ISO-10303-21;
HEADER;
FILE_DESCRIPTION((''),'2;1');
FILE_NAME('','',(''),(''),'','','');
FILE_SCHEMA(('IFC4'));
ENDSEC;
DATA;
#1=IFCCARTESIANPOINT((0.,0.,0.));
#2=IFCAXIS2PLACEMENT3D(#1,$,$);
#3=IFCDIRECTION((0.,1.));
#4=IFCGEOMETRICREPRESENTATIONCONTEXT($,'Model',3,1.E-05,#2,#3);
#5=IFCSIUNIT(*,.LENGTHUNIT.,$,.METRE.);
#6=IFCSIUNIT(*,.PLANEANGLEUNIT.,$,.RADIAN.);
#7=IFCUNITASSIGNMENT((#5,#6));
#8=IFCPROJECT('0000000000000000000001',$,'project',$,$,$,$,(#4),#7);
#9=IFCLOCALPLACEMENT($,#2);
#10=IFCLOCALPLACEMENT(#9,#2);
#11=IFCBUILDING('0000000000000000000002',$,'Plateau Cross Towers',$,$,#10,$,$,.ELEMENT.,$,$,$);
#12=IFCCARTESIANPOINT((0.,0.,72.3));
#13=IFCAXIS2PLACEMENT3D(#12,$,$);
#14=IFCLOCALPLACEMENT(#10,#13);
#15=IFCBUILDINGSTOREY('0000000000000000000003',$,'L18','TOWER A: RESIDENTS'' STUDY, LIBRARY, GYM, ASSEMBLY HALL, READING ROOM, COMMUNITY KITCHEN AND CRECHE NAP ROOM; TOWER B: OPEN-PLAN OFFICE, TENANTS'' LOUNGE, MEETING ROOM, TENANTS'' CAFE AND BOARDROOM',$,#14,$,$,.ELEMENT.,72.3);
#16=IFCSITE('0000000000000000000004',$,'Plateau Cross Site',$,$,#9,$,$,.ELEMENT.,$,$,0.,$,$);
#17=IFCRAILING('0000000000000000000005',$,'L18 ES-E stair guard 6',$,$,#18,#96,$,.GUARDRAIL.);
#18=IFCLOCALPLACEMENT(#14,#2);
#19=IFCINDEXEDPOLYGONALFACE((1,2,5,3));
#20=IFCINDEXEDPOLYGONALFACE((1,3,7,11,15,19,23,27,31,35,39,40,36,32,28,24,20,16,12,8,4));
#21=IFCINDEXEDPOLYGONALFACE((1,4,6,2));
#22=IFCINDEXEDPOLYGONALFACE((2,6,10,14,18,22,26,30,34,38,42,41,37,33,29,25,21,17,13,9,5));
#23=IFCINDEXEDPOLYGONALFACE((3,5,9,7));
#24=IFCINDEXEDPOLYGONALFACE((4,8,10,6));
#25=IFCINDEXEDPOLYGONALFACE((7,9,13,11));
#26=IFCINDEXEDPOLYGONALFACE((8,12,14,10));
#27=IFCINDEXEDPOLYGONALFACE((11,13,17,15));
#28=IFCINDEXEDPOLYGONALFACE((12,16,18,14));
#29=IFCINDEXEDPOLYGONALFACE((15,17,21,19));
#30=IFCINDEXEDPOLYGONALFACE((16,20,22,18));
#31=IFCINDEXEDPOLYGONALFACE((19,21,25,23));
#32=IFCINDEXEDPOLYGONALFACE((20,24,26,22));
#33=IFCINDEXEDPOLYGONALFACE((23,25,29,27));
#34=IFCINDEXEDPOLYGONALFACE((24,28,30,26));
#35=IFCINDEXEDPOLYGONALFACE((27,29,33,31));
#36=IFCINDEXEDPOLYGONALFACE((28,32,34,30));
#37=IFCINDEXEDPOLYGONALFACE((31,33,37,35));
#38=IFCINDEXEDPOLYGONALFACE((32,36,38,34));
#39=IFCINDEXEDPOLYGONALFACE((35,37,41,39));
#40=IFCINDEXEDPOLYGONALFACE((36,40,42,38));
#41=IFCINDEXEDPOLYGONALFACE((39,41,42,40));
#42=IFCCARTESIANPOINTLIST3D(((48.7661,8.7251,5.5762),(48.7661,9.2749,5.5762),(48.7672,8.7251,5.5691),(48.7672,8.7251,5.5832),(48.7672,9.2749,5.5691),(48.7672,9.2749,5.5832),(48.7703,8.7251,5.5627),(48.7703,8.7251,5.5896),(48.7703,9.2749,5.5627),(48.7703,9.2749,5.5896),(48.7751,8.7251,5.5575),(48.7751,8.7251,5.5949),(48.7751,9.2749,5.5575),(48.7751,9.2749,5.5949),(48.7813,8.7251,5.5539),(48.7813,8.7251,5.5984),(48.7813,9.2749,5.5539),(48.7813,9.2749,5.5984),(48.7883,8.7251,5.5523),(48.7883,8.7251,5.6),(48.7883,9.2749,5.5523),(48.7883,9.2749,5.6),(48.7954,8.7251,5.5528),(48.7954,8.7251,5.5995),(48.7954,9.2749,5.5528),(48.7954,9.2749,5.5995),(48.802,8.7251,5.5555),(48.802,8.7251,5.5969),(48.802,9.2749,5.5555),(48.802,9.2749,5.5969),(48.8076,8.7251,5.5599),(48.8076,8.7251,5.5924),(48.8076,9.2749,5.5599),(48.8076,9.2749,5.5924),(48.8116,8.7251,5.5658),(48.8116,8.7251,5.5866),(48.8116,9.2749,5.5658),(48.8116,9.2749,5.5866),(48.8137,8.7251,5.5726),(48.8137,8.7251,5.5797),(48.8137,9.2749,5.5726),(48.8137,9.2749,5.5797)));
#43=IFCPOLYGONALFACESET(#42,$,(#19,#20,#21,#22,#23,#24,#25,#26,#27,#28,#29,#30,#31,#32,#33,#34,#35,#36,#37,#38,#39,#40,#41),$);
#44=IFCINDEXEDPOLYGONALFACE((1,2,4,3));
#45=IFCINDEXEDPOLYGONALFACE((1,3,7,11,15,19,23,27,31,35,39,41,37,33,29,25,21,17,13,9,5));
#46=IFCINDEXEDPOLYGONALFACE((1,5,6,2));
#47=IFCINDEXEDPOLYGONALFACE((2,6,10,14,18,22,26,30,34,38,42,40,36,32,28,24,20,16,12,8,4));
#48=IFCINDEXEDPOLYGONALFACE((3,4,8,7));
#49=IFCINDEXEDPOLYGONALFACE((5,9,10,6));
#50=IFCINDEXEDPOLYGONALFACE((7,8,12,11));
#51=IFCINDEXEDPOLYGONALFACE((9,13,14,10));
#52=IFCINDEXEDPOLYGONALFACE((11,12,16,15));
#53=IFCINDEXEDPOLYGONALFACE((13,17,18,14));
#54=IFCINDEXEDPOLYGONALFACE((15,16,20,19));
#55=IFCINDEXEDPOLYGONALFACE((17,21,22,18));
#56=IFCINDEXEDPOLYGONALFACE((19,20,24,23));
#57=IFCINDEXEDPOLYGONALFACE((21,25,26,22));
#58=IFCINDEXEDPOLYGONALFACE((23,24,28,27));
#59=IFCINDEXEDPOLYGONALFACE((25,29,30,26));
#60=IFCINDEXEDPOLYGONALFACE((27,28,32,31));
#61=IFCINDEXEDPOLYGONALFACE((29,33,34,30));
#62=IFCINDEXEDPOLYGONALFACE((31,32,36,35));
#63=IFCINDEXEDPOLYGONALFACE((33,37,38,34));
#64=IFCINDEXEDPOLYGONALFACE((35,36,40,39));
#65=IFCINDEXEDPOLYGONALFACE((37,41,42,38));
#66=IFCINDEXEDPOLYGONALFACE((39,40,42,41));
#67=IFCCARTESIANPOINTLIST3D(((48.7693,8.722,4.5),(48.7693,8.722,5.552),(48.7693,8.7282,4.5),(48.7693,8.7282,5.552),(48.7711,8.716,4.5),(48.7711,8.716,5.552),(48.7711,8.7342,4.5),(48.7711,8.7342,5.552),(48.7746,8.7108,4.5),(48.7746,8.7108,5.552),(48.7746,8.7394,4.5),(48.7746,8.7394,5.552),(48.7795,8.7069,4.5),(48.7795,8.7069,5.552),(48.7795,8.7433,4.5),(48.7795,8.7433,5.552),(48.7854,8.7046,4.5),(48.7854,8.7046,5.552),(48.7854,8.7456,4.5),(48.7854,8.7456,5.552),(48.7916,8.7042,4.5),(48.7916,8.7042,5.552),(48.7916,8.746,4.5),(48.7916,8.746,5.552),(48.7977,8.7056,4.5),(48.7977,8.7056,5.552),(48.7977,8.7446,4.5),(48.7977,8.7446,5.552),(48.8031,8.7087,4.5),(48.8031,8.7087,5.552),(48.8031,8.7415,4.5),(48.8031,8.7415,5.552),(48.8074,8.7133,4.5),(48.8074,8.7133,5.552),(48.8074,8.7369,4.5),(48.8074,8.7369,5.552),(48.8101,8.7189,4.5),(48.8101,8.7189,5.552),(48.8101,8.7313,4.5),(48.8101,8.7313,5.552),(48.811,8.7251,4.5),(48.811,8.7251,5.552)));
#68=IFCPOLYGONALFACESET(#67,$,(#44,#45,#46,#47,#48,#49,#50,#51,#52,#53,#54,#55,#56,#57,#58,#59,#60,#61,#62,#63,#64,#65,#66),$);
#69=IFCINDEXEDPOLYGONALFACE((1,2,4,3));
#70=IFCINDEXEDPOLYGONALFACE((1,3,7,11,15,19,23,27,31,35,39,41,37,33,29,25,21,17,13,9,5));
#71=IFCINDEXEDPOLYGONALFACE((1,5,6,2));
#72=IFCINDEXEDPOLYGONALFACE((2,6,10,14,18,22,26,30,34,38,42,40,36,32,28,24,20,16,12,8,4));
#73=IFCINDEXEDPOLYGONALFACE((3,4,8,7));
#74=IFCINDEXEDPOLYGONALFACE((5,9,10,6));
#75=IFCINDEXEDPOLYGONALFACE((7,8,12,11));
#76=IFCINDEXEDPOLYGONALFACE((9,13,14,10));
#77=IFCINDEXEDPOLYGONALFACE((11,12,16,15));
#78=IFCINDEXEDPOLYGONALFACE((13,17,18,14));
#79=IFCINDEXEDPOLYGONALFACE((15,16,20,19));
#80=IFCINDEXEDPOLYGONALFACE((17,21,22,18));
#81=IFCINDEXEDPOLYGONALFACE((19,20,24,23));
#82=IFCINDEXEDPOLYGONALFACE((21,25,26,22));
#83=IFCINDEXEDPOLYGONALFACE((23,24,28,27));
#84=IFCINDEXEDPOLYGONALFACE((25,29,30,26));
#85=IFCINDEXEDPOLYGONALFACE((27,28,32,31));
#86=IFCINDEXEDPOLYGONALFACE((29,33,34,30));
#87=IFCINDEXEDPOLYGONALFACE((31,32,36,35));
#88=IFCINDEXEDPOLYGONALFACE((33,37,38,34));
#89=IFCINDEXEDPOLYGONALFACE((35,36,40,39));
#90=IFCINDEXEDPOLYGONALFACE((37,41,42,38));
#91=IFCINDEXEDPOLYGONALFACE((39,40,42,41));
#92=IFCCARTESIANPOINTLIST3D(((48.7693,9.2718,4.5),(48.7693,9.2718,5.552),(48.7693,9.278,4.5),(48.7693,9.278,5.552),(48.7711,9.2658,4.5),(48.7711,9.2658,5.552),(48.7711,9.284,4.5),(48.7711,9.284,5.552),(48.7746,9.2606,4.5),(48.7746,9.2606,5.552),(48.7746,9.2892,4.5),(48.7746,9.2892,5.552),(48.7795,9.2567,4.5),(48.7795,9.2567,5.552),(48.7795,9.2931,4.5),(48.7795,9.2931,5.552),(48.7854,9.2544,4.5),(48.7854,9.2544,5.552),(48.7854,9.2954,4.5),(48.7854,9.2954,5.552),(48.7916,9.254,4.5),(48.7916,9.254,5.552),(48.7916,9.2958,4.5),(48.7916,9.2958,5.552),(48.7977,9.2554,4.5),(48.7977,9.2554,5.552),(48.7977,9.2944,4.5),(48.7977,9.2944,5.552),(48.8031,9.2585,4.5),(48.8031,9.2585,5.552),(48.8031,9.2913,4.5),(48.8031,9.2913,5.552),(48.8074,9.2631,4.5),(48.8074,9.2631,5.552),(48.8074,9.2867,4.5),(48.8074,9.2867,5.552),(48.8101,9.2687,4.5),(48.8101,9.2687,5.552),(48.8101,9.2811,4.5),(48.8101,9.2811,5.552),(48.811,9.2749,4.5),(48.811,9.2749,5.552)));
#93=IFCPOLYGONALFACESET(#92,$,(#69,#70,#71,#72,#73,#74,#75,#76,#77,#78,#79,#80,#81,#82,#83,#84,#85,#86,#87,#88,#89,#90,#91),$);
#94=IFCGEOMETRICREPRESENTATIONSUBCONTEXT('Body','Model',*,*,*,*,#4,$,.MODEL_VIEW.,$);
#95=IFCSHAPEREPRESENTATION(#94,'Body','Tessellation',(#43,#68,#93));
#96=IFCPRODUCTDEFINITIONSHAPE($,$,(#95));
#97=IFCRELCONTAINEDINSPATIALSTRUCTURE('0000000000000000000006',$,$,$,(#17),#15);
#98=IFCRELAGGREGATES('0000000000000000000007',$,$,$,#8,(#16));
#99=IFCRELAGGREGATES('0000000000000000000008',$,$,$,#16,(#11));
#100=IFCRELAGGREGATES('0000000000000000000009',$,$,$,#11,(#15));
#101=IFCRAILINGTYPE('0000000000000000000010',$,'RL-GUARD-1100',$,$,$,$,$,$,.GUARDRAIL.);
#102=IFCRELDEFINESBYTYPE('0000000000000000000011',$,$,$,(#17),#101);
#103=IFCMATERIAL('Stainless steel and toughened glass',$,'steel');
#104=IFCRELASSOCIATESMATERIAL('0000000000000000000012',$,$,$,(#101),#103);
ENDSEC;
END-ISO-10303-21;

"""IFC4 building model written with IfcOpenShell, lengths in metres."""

from ifc_helpers import new_model, si_unit, direction, frame, origin, origin_2d, place, context, subcontext, project, spatial, circle, extrude, material, type_object, element, save


model = new_model("IFC4")

# Units and contexts
model_context = context("Model", 3, precision=1e-05, world=origin(), true_north=direction((0.0, 1.0)))
body_context = subcontext(model_context, "Body", "Model", "MODEL_VIEW")
ifc_project = project(units=[si_unit("LENGTHUNIT", "METRE"), si_unit("PLANEANGLEUNIT", "RADIAN")], contexts=[model_context])

# Site, building, storey
site_placement = place(None, origin())
site = spatial("IfcSite", under=ifc_project, at=site_placement, Name="Plateau Cross Site", CompositionType="ELEMENT", RefElevation=0.0)
building_placement = place(site_placement, origin())
building = spatial("IfcBuilding", under=site, at=building_placement, Name="Plateau Cross Towers", CompositionType="ELEMENT")
storey_placement = place(building_placement, frame((0.0, 0.0, 72.3)))
storey = spatial("IfcBuildingStorey", under=building, at=storey_placement, Name="L18", Description="TOWER A: RESIDENTS' STUDY, LIBRARY, GYM, ASSEMBLY HALL, READING ROOM, COMMUNITY KITCHEN AND CRECHE NAP ROOM; TOWER B: OPEN-PLAN OFFICE, TENANTS' LOUNGE, MEETING ROOM, TENANTS' CAFE AND BOARDROOM", CompositionType="ELEMENT", Elevation=72.3)

# Railing
ifc_material_1 = material(Name="Stainless steel and toughened glass", Category="steel")
railing_type_1 = type_object("IfcRailingType", Name="RL-GUARD-1100", PredefinedType="GUARDRAIL", material=ifc_material_1)
railing_1_placement = place(storey_placement, frame((48.79, 8.7251, 4.5)))
element("IfcRailing", 1, at=railing_1_placement, inside=storey, type_object=railing_type_1, Name="L18 ES-E stair guard 6", PredefinedType="GUARDRAIL", context=body_context, shape_type="SweptSolid", body=[
    extrude(circle(Radius=0.0239, at=origin_2d()), frame((0.0, 0.0, 1.0762), z_axis=(0.0, 1.0, 0.0), x_axis=(-1.0, 0.0, 0.0)), (0.0, 0.0, 1.0), 0.5498),
    extrude(circle(Radius=0.021, at=origin_2d()), origin(), (0.0, 0.0, 1.0), 1.052),
    extrude(circle(Radius=0.021, at=origin_2d()), frame((0.0, 0.5498, 0.0)), (0.0, 0.0, 1.0), 1.052),
])

save(model, "model.ifc")
